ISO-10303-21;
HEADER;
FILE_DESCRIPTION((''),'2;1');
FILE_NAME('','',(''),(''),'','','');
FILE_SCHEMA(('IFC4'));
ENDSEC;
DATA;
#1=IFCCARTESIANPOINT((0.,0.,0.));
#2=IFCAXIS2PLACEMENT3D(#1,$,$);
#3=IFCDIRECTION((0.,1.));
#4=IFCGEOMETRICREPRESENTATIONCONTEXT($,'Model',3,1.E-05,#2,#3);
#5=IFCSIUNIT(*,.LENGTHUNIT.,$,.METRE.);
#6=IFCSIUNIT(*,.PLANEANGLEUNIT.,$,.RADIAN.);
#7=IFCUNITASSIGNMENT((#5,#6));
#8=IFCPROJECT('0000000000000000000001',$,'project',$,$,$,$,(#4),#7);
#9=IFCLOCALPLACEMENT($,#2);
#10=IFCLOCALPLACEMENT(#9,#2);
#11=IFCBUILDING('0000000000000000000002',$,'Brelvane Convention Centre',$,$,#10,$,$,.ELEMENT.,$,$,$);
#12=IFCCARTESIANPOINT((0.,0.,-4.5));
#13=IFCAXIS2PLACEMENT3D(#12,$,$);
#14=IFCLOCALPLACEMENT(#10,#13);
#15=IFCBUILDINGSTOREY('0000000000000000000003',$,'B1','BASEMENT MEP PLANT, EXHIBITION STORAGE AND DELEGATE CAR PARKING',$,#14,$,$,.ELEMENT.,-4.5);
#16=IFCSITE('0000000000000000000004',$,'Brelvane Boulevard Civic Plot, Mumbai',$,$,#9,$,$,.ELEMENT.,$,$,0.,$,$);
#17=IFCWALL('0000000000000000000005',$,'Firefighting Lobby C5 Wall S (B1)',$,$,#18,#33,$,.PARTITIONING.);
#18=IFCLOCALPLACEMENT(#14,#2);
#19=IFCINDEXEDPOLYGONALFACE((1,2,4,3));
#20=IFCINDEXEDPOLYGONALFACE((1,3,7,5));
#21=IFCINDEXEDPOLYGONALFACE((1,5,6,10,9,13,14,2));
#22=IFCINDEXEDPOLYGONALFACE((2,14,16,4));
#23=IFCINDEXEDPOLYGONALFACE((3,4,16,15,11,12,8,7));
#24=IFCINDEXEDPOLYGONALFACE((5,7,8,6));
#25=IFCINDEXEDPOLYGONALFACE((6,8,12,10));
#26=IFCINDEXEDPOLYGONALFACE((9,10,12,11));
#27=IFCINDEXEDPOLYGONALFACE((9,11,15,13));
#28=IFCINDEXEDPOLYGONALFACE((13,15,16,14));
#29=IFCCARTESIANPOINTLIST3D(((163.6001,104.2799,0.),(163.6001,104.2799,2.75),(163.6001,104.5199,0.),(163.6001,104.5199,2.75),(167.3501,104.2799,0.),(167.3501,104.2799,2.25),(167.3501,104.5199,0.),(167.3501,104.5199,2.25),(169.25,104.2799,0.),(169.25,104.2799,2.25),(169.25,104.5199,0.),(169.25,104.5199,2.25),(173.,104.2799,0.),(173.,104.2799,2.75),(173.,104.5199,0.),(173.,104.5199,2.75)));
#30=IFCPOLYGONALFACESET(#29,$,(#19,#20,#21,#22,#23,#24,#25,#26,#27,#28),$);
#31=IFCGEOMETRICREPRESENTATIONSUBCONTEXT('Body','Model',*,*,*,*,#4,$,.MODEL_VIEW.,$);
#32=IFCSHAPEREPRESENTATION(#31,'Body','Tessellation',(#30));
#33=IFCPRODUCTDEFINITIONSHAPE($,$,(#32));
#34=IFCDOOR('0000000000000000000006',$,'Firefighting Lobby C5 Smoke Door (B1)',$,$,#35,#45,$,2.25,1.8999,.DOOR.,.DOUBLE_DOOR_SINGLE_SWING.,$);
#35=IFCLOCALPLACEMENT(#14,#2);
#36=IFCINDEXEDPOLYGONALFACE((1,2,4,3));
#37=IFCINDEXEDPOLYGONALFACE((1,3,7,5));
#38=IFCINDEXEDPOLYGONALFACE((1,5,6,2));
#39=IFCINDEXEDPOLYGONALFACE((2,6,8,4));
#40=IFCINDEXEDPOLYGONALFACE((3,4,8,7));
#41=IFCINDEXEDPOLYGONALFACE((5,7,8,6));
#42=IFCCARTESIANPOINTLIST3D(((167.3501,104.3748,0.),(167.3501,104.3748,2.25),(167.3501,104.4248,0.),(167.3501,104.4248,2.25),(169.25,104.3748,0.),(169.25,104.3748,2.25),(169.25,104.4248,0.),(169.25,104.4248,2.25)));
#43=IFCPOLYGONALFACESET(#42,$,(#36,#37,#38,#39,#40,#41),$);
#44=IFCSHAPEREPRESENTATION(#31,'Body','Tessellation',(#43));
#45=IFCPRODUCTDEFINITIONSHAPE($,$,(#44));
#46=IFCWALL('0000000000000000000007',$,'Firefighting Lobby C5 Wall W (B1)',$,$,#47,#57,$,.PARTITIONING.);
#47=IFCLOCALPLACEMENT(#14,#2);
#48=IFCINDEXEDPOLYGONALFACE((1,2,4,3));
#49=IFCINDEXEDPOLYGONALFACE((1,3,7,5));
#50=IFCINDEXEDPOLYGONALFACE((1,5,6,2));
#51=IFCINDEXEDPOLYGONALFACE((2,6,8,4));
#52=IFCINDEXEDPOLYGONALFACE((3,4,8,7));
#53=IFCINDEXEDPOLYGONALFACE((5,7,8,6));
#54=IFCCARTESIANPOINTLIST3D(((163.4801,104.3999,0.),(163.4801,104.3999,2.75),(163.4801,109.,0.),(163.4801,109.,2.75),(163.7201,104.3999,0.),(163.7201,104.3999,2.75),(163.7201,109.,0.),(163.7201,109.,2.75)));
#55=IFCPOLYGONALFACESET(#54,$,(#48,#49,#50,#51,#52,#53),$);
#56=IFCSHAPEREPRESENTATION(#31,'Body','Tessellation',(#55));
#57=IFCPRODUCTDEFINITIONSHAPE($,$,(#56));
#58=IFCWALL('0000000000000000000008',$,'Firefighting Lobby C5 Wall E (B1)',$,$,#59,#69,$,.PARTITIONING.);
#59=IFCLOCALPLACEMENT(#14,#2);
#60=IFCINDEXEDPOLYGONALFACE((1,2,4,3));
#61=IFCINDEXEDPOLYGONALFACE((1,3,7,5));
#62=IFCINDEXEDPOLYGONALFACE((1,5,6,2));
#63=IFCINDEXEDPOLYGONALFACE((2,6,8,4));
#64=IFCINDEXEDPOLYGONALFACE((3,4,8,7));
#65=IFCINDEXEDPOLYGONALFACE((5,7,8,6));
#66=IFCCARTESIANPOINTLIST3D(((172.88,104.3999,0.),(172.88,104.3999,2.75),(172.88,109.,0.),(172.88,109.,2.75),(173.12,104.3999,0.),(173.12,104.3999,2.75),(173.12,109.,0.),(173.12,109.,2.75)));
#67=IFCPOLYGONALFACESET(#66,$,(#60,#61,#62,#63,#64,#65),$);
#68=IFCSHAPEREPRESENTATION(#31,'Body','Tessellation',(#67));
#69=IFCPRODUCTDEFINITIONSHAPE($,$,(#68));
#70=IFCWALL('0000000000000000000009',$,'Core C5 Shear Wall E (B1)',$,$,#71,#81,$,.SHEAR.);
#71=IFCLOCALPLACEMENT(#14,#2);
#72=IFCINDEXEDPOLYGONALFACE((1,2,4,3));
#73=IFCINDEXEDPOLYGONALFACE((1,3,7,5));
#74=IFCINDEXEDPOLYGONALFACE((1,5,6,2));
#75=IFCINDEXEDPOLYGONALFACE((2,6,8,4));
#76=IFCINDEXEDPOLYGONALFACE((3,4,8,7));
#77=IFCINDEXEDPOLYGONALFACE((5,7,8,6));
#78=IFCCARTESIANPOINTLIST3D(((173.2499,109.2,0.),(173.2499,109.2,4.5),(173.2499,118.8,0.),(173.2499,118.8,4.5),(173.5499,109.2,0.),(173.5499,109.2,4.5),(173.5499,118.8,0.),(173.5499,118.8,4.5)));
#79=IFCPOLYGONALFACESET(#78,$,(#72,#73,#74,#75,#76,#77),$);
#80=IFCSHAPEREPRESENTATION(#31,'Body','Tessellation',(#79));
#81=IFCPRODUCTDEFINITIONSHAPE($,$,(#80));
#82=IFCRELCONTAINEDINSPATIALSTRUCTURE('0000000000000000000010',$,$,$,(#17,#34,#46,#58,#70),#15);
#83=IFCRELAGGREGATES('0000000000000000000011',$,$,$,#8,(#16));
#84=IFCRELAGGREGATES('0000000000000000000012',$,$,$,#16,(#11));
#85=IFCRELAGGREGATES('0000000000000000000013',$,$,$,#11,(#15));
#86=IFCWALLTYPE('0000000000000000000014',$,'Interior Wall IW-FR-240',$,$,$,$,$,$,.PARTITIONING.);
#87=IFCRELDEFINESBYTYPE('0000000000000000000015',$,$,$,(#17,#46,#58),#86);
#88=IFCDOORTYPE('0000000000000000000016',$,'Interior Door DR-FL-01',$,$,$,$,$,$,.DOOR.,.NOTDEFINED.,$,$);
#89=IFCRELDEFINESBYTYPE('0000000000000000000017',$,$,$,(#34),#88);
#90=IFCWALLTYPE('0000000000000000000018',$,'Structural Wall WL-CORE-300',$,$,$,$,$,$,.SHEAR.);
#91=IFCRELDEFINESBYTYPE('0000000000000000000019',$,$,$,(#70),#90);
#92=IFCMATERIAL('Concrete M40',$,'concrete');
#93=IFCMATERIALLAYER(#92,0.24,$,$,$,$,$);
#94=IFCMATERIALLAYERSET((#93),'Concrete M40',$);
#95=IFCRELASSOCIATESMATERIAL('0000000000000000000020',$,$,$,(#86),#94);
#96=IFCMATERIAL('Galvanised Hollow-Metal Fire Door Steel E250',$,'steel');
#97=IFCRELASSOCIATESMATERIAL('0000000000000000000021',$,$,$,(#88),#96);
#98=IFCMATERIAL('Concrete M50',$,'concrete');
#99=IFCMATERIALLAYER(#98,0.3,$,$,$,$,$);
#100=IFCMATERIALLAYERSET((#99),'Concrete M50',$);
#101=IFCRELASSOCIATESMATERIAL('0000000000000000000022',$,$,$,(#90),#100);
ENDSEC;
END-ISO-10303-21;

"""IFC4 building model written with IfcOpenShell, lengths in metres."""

from ifc_helpers import new_model, si_unit, direction, frame, frame_2d, origin, place, context, subcontext, project, spatial, rectangle, extrude, material, layer, layer_set, type_object, element, fill, save


model = new_model("IFC4")

# Units and contexts
model_context = context("Model", 3, precision=1e-05, world=origin(), true_north=direction((0.0, 1.0)))
body_context = subcontext(model_context, "Body", "Model", "MODEL_VIEW")
ifc_project = project(units=[si_unit("LENGTHUNIT", "METRE"), si_unit("PLANEANGLEUNIT", "RADIAN")], contexts=[model_context])

# Site, building, storey
site_placement = place(None, origin())
site = spatial("IfcSite", under=ifc_project, at=site_placement, Name="Brelvane Boulevard Civic Plot, Mumbai", CompositionType="ELEMENT", RefElevation=0.0)
building_placement = place(site_placement, origin())
building = spatial("IfcBuilding", under=site, at=building_placement, Name="Brelvane Convention Centre", CompositionType="ELEMENT")
storey_placement = place(building_placement, frame((0.0, 0.0, -4.5)))
storey = spatial("IfcBuildingStorey", under=building, at=storey_placement, Name="B1", Description="BASEMENT MEP PLANT, EXHIBITION STORAGE AND DELEGATE CAR PARKING", CompositionType="ELEMENT", Elevation=-4.5)

# Wall, opening, door
ifc_material_1 = material(Name="Concrete M40", Category="concrete")
ifc_layer_1 = layer(ifc_material_1, 0.24)
ifc_layer_set_1 = layer_set([ifc_layer_1], Name="Concrete M40")
wall_type_1 = type_object("IfcWallType", Name="Interior Wall IW-FR-240", PredefinedType="PARTITIONING", material=ifc_layer_set_1)
wall_1_placement = place(storey_placement, frame((163.6001, 104.3999, 0.0), z_axis=(0.0, 0.0, 1.0), x_axis=(1.0, 0.0, 0.0)))
wall_1 = element("IfcWall", 1, at=wall_1_placement, inside=storey, type_object=wall_type_1, Name="Firefighting Lobby C5 Wall S (B1)", PredefinedType="PARTITIONING", context=body_context, shape_type="SweptSolid", body=[
    extrude(rectangle(XDim=9.3999, YDim=0.24, at=frame_2d((4.7, 0.0))), origin(), (0.0, 0.0, 1.0), 2.75),
])
opening_placement = place(wall_1_placement, frame((3.75, 0.0, 0.0)))
opening = element("IfcOpeningElement", 2, at=opening_placement, cuts=wall_1, PredefinedType="OPENING", context=body_context, shape_type="SweptSolid", body=[
    extrude(rectangle(XDim=1.8999, YDim=2.25, at=frame_2d((0.95, 1.125))), frame((0.0, 0.1299, 0.0), z_axis=(0.0, -1.0, 0.0), x_axis=(1.0, 0.0, 0.0)), (0.0, 0.0, 1.0), 0.26),
])
ifc_material_2 = material(Name="Galvanised Hollow-Metal Fire Door Steel E250", Category="steel")
door_type = type_object("IfcDoorType", Name="Interior Door DR-FL-01", OperationType="NOTDEFINED", PredefinedType="DOOR", material=ifc_material_2)
door_placement = place(opening_placement, origin())
door = element("IfcDoor", 3, at=door_placement, inside=storey, type_object=door_type, Name="Firefighting Lobby C5 Smoke Door (B1)", OperationType="DOUBLE_DOOR_SINGLE_SWING", OverallHeight=2.25, OverallWidth=1.8999, PredefinedType="DOOR", context=body_context, shape_type="SweptSolid", body=[
    extrude(rectangle(XDim=1.8999, YDim=2.25, at=frame_2d((0.95, 1.125))), frame((0.0, 0.0249, 0.0), z_axis=(0.0, -1.0, 0.0), x_axis=(1.0, 0.0, 0.0)), (0.0, 0.0, 1.0), 0.05),
])
fill(opening, door)

# Walls
for number, where, z_axis, x_axis, name in (
    (4, (163.6001, 104.3999, 0.0), (0.0, 0.0, 1.0), (0.0, 1.0, 0.0), "Firefighting Lobby C5 Wall W (B1)"),
    (5, (173.0, 104.3999, 0.0), (0.0, 0.0, 1.0), (0.0, 1.0, 0.0), "Firefighting Lobby C5 Wall E (B1)"),
):
    element("IfcWall", number, at=place(storey_placement, frame(where, z_axis=z_axis, x_axis=x_axis)), inside=storey, type_object=wall_type_1, Name=name, PredefinedType="PARTITIONING", context=body_context, shape_type="SweptSolid", body=[
        extrude(rectangle(XDim=4.6001, YDim=0.24, at=frame_2d((2.3, 0.0))), origin(), (0.0, 0.0, 1.0), 2.75),
    ])
ifc_material_3 = material(Name="Concrete M50", Category="concrete")
ifc_layer_2 = layer(ifc_material_3, 0.3)
ifc_layer_set_2 = layer_set([ifc_layer_2], Name="Concrete M50")
wall_type_2 = type_object("IfcWallType", Name="Structural Wall WL-CORE-300", PredefinedType="SHEAR", material=ifc_layer_set_2)
wall_2_placement = place(storey_placement, frame((173.3999, 109.2, 0.0), z_axis=(0.0, 0.0, 1.0), x_axis=(0.0, 1.0, 0.0)))
element("IfcWall", 6, at=wall_2_placement, inside=storey, type_object=wall_type_2, Name="Core C5 Shear Wall E (B1)", PredefinedType="SHEAR", context=body_context, shape_type="SweptSolid", body=[
    extrude(rectangle(XDim=9.6001, YDim=0.3, at=frame_2d((4.8, 0.0))), origin(), (0.0, 0.0, 1.0), 4.5),
])

save(model, "model.ifc")
